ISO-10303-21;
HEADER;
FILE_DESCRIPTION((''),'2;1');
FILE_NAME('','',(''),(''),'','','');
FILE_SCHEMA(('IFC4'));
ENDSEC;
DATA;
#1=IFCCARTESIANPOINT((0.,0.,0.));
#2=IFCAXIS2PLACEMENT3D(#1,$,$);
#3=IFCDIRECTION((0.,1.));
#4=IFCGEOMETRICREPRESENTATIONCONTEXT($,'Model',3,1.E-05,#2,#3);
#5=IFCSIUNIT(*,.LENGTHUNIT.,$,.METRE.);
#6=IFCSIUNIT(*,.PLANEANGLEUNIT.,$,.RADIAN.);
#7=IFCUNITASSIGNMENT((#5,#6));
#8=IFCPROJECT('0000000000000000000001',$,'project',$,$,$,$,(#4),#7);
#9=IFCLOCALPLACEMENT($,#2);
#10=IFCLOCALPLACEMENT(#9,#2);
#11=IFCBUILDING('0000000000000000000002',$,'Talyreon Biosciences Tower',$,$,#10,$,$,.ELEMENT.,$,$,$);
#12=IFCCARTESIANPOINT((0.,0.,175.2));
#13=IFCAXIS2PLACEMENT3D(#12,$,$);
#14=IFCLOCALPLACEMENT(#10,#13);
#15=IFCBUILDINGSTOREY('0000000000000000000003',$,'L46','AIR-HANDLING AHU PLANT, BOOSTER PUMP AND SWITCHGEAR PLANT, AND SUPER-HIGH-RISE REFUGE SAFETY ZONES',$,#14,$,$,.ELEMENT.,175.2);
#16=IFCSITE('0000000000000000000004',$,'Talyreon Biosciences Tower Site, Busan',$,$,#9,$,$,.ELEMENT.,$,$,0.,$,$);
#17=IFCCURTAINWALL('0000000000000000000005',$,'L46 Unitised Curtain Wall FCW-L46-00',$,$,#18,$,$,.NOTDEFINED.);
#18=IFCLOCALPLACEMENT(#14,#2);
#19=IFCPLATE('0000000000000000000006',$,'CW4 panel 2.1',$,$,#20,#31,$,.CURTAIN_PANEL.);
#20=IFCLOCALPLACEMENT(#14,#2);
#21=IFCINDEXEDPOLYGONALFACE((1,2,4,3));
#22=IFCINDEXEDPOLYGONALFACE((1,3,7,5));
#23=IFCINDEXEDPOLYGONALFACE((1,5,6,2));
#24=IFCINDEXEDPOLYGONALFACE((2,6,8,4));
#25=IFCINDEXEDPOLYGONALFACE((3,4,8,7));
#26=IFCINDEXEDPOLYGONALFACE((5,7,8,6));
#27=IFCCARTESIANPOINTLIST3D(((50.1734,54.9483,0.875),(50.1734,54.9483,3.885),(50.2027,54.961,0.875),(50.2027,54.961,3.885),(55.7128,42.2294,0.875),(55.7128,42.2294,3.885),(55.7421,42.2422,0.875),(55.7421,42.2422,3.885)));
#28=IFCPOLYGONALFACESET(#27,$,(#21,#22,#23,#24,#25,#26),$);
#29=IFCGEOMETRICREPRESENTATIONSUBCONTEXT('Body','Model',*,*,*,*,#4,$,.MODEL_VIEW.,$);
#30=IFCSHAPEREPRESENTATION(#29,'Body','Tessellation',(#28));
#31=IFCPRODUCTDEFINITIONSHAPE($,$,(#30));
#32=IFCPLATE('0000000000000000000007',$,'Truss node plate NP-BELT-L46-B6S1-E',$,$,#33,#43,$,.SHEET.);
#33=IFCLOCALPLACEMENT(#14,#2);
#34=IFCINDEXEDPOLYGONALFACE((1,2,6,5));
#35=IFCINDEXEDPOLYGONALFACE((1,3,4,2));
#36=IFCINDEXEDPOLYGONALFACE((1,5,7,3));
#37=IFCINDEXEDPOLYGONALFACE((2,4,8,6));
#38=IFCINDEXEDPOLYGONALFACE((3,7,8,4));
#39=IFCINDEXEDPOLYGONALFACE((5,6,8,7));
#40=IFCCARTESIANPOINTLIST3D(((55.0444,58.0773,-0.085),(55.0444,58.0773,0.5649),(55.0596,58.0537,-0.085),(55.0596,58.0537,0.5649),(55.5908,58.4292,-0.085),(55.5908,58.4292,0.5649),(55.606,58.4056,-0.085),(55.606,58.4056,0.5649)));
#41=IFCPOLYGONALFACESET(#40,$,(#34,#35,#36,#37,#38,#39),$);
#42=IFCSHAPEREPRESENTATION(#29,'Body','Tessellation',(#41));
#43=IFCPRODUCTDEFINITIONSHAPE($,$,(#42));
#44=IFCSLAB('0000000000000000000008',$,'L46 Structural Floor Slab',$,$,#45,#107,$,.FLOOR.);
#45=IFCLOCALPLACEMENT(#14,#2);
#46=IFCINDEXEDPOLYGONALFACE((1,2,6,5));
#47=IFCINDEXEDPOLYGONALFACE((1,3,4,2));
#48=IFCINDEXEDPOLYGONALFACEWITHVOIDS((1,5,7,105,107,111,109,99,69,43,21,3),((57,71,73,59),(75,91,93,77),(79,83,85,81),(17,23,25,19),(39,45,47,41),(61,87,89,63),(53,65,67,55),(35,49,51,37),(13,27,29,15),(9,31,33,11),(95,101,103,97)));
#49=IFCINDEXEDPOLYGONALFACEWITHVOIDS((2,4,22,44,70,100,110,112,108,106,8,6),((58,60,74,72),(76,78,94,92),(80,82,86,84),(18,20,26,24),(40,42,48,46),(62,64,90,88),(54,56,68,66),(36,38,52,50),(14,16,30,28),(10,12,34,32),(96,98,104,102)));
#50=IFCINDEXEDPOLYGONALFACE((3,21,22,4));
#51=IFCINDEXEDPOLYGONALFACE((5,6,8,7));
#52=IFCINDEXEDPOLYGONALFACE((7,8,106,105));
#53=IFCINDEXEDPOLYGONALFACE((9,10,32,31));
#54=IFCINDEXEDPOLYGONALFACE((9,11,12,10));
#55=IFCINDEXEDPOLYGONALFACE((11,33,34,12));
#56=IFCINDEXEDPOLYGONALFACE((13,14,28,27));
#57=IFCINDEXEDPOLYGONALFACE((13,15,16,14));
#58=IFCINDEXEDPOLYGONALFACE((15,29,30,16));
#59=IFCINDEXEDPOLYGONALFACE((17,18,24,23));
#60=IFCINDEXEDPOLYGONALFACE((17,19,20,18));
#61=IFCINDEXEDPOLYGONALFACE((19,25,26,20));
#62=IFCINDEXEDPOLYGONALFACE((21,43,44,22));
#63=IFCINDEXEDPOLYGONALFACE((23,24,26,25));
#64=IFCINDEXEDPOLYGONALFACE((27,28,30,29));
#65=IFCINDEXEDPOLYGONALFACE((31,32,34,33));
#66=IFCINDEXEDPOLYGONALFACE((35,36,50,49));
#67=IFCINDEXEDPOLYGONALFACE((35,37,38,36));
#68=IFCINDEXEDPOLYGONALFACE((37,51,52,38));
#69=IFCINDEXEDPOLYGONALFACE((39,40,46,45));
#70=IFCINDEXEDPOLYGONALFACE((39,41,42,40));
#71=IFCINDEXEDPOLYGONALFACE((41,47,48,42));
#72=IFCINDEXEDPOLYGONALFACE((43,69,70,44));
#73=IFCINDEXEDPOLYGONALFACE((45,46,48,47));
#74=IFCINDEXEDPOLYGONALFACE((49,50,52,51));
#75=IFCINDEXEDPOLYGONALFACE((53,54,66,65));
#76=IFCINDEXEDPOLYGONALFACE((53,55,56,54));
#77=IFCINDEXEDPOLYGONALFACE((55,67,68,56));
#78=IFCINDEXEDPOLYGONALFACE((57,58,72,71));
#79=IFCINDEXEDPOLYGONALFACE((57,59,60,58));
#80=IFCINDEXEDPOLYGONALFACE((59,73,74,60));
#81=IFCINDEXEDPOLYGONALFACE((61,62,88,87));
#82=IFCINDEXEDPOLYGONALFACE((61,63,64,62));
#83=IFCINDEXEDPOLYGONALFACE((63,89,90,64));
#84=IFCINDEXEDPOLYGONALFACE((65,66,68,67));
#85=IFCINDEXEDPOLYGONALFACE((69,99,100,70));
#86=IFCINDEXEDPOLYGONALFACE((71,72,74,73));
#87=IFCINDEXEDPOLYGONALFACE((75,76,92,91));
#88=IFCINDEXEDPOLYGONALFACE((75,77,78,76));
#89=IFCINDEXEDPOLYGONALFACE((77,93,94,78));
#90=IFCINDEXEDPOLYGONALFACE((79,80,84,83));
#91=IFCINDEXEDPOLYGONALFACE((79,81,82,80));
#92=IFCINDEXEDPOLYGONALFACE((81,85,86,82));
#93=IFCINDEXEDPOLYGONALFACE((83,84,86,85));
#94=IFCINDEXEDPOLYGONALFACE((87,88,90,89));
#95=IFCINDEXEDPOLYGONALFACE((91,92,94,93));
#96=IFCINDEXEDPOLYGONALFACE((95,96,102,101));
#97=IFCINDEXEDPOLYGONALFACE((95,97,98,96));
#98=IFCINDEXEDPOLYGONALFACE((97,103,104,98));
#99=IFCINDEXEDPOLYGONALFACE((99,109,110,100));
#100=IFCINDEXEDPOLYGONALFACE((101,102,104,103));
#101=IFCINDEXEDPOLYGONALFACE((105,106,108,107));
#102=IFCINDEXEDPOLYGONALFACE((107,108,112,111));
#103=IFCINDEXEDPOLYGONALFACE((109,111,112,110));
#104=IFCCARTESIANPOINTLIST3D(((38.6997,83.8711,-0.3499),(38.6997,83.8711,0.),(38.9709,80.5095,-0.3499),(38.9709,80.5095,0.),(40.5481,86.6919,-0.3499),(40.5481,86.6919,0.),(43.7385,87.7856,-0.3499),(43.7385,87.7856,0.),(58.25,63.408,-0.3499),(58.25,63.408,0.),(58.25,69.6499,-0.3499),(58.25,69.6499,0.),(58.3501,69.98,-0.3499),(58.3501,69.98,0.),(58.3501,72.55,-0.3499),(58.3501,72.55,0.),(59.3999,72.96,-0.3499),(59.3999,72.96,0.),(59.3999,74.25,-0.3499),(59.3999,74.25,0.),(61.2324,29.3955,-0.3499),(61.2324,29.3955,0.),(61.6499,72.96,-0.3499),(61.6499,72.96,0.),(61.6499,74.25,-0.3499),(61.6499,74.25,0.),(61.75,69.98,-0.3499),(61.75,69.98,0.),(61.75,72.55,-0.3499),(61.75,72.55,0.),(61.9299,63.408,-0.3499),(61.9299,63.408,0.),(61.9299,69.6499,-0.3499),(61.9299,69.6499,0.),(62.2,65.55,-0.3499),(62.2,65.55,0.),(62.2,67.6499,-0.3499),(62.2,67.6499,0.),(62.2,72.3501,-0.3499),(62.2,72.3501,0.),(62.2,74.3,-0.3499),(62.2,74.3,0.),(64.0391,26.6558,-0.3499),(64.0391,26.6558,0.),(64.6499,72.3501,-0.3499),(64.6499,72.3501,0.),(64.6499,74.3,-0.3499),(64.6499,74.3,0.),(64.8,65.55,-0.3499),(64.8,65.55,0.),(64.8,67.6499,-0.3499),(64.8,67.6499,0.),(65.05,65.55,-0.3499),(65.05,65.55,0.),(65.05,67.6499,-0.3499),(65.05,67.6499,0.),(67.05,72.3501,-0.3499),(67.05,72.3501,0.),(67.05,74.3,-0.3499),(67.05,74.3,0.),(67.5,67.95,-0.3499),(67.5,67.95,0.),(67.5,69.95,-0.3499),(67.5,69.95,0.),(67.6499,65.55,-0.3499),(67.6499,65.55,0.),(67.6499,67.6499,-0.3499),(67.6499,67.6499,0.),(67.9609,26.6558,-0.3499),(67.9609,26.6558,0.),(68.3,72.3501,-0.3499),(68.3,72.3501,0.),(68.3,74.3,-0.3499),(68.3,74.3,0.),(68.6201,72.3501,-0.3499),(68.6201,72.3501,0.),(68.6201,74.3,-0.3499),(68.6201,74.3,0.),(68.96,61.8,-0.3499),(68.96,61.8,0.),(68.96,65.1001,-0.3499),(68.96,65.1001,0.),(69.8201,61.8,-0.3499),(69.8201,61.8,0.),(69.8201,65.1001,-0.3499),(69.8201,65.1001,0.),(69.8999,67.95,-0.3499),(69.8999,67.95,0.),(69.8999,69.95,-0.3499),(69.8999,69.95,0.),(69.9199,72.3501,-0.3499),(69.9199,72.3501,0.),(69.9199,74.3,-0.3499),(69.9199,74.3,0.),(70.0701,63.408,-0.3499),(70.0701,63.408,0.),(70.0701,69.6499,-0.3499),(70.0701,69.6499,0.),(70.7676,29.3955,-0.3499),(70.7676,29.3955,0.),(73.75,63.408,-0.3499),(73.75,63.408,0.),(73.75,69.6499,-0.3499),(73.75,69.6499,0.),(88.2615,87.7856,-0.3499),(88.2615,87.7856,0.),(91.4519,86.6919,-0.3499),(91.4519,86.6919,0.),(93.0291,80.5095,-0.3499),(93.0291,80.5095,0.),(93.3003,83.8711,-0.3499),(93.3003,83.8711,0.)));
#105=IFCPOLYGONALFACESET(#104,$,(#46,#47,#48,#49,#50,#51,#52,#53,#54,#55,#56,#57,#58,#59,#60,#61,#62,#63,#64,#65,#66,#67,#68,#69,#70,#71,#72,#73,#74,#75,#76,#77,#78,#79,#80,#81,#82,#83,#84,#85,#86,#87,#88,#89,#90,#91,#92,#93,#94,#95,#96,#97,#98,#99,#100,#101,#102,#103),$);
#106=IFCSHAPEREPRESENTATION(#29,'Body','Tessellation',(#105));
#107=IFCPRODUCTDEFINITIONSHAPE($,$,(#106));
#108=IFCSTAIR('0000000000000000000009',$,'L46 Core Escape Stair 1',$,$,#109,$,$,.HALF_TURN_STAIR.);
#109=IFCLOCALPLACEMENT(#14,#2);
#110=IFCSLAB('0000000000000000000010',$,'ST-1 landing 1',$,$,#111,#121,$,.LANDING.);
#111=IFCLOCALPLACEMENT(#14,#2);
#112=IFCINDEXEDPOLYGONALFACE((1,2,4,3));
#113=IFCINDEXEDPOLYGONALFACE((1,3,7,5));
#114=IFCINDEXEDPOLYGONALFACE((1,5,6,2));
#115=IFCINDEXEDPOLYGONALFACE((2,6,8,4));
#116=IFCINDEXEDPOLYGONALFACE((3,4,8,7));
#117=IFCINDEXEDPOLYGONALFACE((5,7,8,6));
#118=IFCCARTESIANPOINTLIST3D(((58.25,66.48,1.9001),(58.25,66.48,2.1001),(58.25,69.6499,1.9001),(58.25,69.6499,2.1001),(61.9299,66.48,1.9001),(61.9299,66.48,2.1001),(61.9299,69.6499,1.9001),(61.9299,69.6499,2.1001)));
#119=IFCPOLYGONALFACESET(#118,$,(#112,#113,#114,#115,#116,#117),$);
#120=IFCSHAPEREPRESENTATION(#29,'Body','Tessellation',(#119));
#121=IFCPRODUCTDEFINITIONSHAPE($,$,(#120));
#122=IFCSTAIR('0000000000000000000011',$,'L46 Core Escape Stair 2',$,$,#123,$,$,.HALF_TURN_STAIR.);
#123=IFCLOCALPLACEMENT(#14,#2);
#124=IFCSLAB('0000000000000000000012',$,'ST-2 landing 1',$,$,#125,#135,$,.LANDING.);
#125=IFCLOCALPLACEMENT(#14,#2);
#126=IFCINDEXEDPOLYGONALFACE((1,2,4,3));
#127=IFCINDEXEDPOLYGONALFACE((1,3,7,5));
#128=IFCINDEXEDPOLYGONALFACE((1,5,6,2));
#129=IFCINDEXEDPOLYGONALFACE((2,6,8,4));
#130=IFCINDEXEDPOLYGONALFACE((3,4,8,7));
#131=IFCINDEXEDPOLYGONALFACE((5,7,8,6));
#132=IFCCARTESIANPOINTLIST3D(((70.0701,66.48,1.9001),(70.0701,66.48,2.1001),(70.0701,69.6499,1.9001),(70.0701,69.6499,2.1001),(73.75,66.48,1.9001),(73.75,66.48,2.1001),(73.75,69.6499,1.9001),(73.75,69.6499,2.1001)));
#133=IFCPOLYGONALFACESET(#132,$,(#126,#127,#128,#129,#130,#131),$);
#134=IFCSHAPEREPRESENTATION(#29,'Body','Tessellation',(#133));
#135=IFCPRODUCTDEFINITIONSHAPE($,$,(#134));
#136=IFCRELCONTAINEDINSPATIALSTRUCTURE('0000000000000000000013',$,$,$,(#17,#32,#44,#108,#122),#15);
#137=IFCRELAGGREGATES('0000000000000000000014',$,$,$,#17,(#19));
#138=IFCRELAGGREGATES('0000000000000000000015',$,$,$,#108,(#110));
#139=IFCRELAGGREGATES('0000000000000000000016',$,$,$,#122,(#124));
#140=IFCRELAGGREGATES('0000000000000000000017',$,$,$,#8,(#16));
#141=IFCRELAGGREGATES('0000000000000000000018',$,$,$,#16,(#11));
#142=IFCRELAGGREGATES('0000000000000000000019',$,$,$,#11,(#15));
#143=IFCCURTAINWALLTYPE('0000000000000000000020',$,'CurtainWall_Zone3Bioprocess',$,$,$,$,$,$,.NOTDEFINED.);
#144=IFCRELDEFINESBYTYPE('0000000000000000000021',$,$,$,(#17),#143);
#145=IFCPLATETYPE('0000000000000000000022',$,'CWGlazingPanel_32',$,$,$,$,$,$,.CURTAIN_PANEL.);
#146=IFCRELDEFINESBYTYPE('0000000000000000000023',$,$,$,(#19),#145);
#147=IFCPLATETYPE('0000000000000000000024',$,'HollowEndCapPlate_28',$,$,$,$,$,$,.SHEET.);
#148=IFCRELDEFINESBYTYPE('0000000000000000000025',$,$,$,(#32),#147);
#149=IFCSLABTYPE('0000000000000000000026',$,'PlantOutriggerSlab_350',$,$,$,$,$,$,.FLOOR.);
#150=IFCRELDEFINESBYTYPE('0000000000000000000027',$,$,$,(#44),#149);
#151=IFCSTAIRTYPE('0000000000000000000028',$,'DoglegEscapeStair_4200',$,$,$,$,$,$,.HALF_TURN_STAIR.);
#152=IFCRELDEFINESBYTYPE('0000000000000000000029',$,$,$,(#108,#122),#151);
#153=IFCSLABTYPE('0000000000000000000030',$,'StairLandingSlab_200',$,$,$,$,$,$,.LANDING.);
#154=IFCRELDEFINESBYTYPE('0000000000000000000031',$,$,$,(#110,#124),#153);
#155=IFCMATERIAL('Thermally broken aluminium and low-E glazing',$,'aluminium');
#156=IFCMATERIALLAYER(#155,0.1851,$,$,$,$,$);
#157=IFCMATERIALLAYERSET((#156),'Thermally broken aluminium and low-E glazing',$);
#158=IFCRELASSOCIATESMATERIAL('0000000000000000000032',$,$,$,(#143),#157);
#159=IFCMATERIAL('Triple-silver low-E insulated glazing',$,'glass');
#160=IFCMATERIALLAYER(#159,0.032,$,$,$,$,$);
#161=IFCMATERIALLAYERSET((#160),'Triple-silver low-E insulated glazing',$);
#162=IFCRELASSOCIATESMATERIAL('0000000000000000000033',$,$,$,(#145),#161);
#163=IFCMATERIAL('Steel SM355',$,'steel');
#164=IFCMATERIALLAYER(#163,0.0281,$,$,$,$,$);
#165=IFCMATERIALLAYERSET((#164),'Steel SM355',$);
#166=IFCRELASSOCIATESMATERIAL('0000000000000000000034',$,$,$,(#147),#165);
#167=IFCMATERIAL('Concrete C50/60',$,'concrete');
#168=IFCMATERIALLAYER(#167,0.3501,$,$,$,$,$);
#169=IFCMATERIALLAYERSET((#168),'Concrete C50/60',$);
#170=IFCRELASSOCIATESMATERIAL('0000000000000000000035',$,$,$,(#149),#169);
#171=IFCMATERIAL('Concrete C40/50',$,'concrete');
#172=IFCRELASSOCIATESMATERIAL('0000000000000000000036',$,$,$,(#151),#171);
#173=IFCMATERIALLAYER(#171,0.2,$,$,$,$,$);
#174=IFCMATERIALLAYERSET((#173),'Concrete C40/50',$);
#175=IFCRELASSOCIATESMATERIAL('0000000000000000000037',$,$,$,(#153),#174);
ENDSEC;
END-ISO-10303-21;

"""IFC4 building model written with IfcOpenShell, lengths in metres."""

from ifc_helpers import new_model, si_unit, direction, frame, origin, origin_2d, place, context, subcontext, project, spatial, polyline, rectangle, outline, extrude, material, layer, layer_set, type_object, element, aggregate, save


model = new_model("IFC4")

# Units and contexts
model_context = context("Model", 3, precision=1e-05, world=origin(), true_north=direction((0.0, 1.0)))
body_context = subcontext(model_context, "Body", "Model", "MODEL_VIEW")
ifc_project = project(units=[si_unit("LENGTHUNIT", "METRE"), si_unit("PLANEANGLEUNIT", "RADIAN")], contexts=[model_context])

# Site, building, storey
site_placement = place(None, origin())
site = spatial("IfcSite", under=ifc_project, at=site_placement, Name="Talyreon Biosciences Tower Site, Busan", CompositionType="ELEMENT", RefElevation=0.0)
building_placement = place(site_placement, origin())
building = spatial("IfcBuilding", under=site, at=building_placement, Name="Talyreon Biosciences Tower", CompositionType="ELEMENT")
storey_placement = place(building_placement, frame((0.0, 0.0, 175.2)))
storey = spatial("IfcBuildingStorey", under=building, at=storey_placement, Name="L46", Description="AIR-HANDLING AHU PLANT, BOOSTER PUMP AND SWITCHGEAR PLANT, AND SUPER-HIGH-RISE REFUGE SAFETY ZONES", CompositionType="ELEMENT", Elevation=175.2)

# Shared definitions
ifc_material_1 = material(Name="Concrete C50/60", Category="concrete")

# Shared definitions
ifc_material_2 = material(Name="Steel SM355", Category="steel")

# Curtain wall
ifc_material_3 = material(Name="Thermally broken aluminium and low-E glazing", Category="aluminium")
ifc_layer_1 = layer(ifc_material_3, 0.1851)
ifc_layer_set_1 = layer_set([ifc_layer_1], Name="Thermally broken aluminium and low-E glazing")
curtain_wall_type = type_object("IfcCurtainWallType", Name="CurtainWall_Zone3Bioprocess", PredefinedType="NOTDEFINED", material=ifc_layer_set_1)
curtain_wall_placement = place(storey_placement, origin())
curtain_wall = element("IfcCurtainWall", 1, at=curtain_wall_placement, inside=storey, type_object=curtain_wall_type, Name="L46 Unitised Curtain Wall FCW-L46-00", PredefinedType="NOTDEFINED")

# Plates
ifc_material_4 = material(Name="Triple-silver low-E insulated glazing", Category="glass")
ifc_layer_2 = layer(ifc_material_4, 0.032)
ifc_layer_set_2 = layer_set([ifc_layer_2], Name="Triple-silver low-E insulated glazing")
plate_type_1 = type_object("IfcPlateType", Name="CWGlazingPanel_32", PredefinedType="CURTAIN_PANEL", material=ifc_layer_set_2)
plate_1_placement = place(storey_placement, frame((52.9578, 48.5952, 0.875), z_axis=(0.0, 0.0, 1.0), x_axis=(-0.3993, 0.91682, 0.0)))
plate_1 = element("IfcPlate", 2, at=plate_1_placement, type_object=plate_type_1, Name="CW4 panel 2.1", PredefinedType="CURTAIN_PANEL", context=body_context, shape_type="SweptSolid", body=[
    extrude(rectangle(XDim=13.8728, YDim=0.032, at=origin_2d()), origin(), (0.0, 0.0, 1.0), 3.01),
])
aggregate(curtain_wall, [plate_1])
ifc_layer_3 = layer(ifc_material_2, 0.0281)
ifc_layer_set_3 = layer_set([ifc_layer_3], Name="Steel SM355")
plate_type_2 = type_object("IfcPlateType", Name="HollowEndCapPlate_28", PredefinedType="SHEET", material=ifc_layer_set_3)
plate_2_placement = place(storey_placement, frame((55.3252, 58.2415, -0.085), z_axis=(0.0, 0.0, 1.0), x_axis=(0.840718, 0.541473, 0.0)))
element("IfcPlate", 3, at=plate_2_placement, inside=storey, type_object=plate_type_2, Name="Truss node plate NP-BELT-L46-B6S1-E", PredefinedType="SHEET", context=body_context, shape_type="SweptSolid", body=[
    extrude(rectangle(XDim=0.6499, YDim=0.0281, at=origin_2d()), origin(), (0.0, 0.0, 1.0), 0.6499),
])

# Slab
ifc_layer_4 = layer(ifc_material_1, 0.3501)
ifc_layer_set_4 = layer_set([ifc_layer_4], Name="Concrete C50/60")
slab_type_1 = type_object("IfcSlabType", Name="PlantOutriggerSlab_350", PredefinedType="FLOOR", material=ifc_layer_set_4)
slab_1_placement = place(storey_placement, frame((0.0, 0.0, -0.3499)))
element("IfcSlab", 4, at=slab_1_placement, inside=storey, type_object=slab_type_1, Name="L46 Structural Floor Slab", PredefinedType="FLOOR", context=body_context, shape_type="SweptSolid", body=[
    extrude(outline(polyline([(61.2324, 29.3955), (38.9709, 80.5095), (38.6997, 83.8711), (40.5481, 86.6919), (43.7385, 87.7856), (88.2615, 87.7856), (91.4519, 86.6919), (93.3003, 83.8711), (93.0291, 80.5095), (70.7676, 29.3955), (67.9609, 26.6558), (64.0391, 26.6558), (61.2324, 29.3955)]), holes=[polyline([(61.9299, 69.6499), (61.9299, 63.408), (58.25, 63.408), (58.25, 69.6499), (61.9299, 69.6499)]), polyline([(64.8, 67.6499), (64.8, 65.55), (62.2, 65.55), (62.2, 67.6499), (64.8, 67.6499)]), polyline([(67.6499, 67.6499), (67.6499, 65.55), (65.05, 65.55), (65.05, 67.6499), (67.6499, 67.6499)]), polyline([(61.75, 69.98), (58.3501, 69.98), (58.3501, 72.55), (61.75, 72.55), (61.75, 69.98)]), polyline([(64.6499, 72.3501), (62.2, 72.3501), (62.2, 74.3), (64.6499, 74.3), (64.6499, 72.3501)]), polyline([(61.6499, 74.25), (61.6499, 72.96), (59.3999, 72.96), (59.3999, 74.25), (61.6499, 74.25)]), polyline([(69.8201, 61.8), (68.96, 61.8), (68.96, 65.1001), (69.8201, 65.1001), (69.8201, 61.8)]), polyline([(73.75, 63.408), (70.0701, 63.408), (70.0701, 69.6499), (73.75, 69.6499), (73.75, 63.408)]), polyline([(69.8999, 69.95), (69.8999, 67.95), (67.5, 67.95), (67.5, 69.95), (69.8999, 69.95)]), polyline([(68.3, 72.3501), (67.05, 72.3501), (67.05, 74.3), (68.3, 74.3), (68.3, 72.3501)]), polyline([(69.9199, 72.3501), (68.6201, 72.3501), (68.6201, 74.3), (69.9199, 74.3), (69.9199, 72.3501)])]), origin(), (0.0, 0.0, 1.0), 0.3499),
])

# Stairs, slabs
ifc_material_5 = material(Name="Concrete C40/50", Category="concrete")
stair_type = type_object("IfcStairType", Name="DoglegEscapeStair_4200", PredefinedType="HALF_TURN_STAIR", material=ifc_material_5)
stair_1_placement = place(storey_placement, origin())
stair_1 = element("IfcStair", 5, at=stair_1_placement, inside=storey, type_object=stair_type, Name="L46 Core Escape Stair 1", PredefinedType="HALF_TURN_STAIR")
ifc_layer_5 = layer(ifc_material_5, 0.2)
ifc_layer_set_5 = layer_set([ifc_layer_5], Name="Concrete C40/50")
slab_type_2 = type_object("IfcSlabType", Name="StairLandingSlab_200", PredefinedType="LANDING", material=ifc_layer_set_5)
slab_2_placement = place(storey_placement, frame((0.0, 0.0, 1.9001)))
slab_2 = element("IfcSlab", 6, at=slab_2_placement, type_object=slab_type_2, Name="ST-1 landing 1", PredefinedType="LANDING", context=body_context, shape_type="SweptSolid", body=[
    extrude(outline(polyline([(61.9299, 66.48), (61.9299, 69.6499), (58.25, 69.6499), (58.25, 66.48), (61.9299, 66.48)])), origin(), (0.0, 0.0, 1.0), 0.2),
])
aggregate(stair_1, [slab_2])
stair_2_placement = place(storey_placement, origin())
stair_2 = element("IfcStair", 7, at=stair_2_placement, inside=storey, type_object=stair_type, Name="L46 Core Escape Stair 2", PredefinedType="HALF_TURN_STAIR")
slab_3_placement = place(storey_placement, frame((0.0, 0.0, 1.9001)))
slab_3 = element("IfcSlab", 8, at=slab_3_placement, type_object=slab_type_2, Name="ST-2 landing 1", PredefinedType="LANDING", context=body_context, shape_type="SweptSolid", body=[
    extrude(outline(polyline([(73.75, 66.48), (73.75, 69.6499), (70.0701, 69.6499), (70.0701, 66.48), (73.75, 66.48)])), origin(), (0.0, 0.0, 1.0), 0.2),
])
aggregate(stair_2, [slab_3])

save(model, "model.ifc")
